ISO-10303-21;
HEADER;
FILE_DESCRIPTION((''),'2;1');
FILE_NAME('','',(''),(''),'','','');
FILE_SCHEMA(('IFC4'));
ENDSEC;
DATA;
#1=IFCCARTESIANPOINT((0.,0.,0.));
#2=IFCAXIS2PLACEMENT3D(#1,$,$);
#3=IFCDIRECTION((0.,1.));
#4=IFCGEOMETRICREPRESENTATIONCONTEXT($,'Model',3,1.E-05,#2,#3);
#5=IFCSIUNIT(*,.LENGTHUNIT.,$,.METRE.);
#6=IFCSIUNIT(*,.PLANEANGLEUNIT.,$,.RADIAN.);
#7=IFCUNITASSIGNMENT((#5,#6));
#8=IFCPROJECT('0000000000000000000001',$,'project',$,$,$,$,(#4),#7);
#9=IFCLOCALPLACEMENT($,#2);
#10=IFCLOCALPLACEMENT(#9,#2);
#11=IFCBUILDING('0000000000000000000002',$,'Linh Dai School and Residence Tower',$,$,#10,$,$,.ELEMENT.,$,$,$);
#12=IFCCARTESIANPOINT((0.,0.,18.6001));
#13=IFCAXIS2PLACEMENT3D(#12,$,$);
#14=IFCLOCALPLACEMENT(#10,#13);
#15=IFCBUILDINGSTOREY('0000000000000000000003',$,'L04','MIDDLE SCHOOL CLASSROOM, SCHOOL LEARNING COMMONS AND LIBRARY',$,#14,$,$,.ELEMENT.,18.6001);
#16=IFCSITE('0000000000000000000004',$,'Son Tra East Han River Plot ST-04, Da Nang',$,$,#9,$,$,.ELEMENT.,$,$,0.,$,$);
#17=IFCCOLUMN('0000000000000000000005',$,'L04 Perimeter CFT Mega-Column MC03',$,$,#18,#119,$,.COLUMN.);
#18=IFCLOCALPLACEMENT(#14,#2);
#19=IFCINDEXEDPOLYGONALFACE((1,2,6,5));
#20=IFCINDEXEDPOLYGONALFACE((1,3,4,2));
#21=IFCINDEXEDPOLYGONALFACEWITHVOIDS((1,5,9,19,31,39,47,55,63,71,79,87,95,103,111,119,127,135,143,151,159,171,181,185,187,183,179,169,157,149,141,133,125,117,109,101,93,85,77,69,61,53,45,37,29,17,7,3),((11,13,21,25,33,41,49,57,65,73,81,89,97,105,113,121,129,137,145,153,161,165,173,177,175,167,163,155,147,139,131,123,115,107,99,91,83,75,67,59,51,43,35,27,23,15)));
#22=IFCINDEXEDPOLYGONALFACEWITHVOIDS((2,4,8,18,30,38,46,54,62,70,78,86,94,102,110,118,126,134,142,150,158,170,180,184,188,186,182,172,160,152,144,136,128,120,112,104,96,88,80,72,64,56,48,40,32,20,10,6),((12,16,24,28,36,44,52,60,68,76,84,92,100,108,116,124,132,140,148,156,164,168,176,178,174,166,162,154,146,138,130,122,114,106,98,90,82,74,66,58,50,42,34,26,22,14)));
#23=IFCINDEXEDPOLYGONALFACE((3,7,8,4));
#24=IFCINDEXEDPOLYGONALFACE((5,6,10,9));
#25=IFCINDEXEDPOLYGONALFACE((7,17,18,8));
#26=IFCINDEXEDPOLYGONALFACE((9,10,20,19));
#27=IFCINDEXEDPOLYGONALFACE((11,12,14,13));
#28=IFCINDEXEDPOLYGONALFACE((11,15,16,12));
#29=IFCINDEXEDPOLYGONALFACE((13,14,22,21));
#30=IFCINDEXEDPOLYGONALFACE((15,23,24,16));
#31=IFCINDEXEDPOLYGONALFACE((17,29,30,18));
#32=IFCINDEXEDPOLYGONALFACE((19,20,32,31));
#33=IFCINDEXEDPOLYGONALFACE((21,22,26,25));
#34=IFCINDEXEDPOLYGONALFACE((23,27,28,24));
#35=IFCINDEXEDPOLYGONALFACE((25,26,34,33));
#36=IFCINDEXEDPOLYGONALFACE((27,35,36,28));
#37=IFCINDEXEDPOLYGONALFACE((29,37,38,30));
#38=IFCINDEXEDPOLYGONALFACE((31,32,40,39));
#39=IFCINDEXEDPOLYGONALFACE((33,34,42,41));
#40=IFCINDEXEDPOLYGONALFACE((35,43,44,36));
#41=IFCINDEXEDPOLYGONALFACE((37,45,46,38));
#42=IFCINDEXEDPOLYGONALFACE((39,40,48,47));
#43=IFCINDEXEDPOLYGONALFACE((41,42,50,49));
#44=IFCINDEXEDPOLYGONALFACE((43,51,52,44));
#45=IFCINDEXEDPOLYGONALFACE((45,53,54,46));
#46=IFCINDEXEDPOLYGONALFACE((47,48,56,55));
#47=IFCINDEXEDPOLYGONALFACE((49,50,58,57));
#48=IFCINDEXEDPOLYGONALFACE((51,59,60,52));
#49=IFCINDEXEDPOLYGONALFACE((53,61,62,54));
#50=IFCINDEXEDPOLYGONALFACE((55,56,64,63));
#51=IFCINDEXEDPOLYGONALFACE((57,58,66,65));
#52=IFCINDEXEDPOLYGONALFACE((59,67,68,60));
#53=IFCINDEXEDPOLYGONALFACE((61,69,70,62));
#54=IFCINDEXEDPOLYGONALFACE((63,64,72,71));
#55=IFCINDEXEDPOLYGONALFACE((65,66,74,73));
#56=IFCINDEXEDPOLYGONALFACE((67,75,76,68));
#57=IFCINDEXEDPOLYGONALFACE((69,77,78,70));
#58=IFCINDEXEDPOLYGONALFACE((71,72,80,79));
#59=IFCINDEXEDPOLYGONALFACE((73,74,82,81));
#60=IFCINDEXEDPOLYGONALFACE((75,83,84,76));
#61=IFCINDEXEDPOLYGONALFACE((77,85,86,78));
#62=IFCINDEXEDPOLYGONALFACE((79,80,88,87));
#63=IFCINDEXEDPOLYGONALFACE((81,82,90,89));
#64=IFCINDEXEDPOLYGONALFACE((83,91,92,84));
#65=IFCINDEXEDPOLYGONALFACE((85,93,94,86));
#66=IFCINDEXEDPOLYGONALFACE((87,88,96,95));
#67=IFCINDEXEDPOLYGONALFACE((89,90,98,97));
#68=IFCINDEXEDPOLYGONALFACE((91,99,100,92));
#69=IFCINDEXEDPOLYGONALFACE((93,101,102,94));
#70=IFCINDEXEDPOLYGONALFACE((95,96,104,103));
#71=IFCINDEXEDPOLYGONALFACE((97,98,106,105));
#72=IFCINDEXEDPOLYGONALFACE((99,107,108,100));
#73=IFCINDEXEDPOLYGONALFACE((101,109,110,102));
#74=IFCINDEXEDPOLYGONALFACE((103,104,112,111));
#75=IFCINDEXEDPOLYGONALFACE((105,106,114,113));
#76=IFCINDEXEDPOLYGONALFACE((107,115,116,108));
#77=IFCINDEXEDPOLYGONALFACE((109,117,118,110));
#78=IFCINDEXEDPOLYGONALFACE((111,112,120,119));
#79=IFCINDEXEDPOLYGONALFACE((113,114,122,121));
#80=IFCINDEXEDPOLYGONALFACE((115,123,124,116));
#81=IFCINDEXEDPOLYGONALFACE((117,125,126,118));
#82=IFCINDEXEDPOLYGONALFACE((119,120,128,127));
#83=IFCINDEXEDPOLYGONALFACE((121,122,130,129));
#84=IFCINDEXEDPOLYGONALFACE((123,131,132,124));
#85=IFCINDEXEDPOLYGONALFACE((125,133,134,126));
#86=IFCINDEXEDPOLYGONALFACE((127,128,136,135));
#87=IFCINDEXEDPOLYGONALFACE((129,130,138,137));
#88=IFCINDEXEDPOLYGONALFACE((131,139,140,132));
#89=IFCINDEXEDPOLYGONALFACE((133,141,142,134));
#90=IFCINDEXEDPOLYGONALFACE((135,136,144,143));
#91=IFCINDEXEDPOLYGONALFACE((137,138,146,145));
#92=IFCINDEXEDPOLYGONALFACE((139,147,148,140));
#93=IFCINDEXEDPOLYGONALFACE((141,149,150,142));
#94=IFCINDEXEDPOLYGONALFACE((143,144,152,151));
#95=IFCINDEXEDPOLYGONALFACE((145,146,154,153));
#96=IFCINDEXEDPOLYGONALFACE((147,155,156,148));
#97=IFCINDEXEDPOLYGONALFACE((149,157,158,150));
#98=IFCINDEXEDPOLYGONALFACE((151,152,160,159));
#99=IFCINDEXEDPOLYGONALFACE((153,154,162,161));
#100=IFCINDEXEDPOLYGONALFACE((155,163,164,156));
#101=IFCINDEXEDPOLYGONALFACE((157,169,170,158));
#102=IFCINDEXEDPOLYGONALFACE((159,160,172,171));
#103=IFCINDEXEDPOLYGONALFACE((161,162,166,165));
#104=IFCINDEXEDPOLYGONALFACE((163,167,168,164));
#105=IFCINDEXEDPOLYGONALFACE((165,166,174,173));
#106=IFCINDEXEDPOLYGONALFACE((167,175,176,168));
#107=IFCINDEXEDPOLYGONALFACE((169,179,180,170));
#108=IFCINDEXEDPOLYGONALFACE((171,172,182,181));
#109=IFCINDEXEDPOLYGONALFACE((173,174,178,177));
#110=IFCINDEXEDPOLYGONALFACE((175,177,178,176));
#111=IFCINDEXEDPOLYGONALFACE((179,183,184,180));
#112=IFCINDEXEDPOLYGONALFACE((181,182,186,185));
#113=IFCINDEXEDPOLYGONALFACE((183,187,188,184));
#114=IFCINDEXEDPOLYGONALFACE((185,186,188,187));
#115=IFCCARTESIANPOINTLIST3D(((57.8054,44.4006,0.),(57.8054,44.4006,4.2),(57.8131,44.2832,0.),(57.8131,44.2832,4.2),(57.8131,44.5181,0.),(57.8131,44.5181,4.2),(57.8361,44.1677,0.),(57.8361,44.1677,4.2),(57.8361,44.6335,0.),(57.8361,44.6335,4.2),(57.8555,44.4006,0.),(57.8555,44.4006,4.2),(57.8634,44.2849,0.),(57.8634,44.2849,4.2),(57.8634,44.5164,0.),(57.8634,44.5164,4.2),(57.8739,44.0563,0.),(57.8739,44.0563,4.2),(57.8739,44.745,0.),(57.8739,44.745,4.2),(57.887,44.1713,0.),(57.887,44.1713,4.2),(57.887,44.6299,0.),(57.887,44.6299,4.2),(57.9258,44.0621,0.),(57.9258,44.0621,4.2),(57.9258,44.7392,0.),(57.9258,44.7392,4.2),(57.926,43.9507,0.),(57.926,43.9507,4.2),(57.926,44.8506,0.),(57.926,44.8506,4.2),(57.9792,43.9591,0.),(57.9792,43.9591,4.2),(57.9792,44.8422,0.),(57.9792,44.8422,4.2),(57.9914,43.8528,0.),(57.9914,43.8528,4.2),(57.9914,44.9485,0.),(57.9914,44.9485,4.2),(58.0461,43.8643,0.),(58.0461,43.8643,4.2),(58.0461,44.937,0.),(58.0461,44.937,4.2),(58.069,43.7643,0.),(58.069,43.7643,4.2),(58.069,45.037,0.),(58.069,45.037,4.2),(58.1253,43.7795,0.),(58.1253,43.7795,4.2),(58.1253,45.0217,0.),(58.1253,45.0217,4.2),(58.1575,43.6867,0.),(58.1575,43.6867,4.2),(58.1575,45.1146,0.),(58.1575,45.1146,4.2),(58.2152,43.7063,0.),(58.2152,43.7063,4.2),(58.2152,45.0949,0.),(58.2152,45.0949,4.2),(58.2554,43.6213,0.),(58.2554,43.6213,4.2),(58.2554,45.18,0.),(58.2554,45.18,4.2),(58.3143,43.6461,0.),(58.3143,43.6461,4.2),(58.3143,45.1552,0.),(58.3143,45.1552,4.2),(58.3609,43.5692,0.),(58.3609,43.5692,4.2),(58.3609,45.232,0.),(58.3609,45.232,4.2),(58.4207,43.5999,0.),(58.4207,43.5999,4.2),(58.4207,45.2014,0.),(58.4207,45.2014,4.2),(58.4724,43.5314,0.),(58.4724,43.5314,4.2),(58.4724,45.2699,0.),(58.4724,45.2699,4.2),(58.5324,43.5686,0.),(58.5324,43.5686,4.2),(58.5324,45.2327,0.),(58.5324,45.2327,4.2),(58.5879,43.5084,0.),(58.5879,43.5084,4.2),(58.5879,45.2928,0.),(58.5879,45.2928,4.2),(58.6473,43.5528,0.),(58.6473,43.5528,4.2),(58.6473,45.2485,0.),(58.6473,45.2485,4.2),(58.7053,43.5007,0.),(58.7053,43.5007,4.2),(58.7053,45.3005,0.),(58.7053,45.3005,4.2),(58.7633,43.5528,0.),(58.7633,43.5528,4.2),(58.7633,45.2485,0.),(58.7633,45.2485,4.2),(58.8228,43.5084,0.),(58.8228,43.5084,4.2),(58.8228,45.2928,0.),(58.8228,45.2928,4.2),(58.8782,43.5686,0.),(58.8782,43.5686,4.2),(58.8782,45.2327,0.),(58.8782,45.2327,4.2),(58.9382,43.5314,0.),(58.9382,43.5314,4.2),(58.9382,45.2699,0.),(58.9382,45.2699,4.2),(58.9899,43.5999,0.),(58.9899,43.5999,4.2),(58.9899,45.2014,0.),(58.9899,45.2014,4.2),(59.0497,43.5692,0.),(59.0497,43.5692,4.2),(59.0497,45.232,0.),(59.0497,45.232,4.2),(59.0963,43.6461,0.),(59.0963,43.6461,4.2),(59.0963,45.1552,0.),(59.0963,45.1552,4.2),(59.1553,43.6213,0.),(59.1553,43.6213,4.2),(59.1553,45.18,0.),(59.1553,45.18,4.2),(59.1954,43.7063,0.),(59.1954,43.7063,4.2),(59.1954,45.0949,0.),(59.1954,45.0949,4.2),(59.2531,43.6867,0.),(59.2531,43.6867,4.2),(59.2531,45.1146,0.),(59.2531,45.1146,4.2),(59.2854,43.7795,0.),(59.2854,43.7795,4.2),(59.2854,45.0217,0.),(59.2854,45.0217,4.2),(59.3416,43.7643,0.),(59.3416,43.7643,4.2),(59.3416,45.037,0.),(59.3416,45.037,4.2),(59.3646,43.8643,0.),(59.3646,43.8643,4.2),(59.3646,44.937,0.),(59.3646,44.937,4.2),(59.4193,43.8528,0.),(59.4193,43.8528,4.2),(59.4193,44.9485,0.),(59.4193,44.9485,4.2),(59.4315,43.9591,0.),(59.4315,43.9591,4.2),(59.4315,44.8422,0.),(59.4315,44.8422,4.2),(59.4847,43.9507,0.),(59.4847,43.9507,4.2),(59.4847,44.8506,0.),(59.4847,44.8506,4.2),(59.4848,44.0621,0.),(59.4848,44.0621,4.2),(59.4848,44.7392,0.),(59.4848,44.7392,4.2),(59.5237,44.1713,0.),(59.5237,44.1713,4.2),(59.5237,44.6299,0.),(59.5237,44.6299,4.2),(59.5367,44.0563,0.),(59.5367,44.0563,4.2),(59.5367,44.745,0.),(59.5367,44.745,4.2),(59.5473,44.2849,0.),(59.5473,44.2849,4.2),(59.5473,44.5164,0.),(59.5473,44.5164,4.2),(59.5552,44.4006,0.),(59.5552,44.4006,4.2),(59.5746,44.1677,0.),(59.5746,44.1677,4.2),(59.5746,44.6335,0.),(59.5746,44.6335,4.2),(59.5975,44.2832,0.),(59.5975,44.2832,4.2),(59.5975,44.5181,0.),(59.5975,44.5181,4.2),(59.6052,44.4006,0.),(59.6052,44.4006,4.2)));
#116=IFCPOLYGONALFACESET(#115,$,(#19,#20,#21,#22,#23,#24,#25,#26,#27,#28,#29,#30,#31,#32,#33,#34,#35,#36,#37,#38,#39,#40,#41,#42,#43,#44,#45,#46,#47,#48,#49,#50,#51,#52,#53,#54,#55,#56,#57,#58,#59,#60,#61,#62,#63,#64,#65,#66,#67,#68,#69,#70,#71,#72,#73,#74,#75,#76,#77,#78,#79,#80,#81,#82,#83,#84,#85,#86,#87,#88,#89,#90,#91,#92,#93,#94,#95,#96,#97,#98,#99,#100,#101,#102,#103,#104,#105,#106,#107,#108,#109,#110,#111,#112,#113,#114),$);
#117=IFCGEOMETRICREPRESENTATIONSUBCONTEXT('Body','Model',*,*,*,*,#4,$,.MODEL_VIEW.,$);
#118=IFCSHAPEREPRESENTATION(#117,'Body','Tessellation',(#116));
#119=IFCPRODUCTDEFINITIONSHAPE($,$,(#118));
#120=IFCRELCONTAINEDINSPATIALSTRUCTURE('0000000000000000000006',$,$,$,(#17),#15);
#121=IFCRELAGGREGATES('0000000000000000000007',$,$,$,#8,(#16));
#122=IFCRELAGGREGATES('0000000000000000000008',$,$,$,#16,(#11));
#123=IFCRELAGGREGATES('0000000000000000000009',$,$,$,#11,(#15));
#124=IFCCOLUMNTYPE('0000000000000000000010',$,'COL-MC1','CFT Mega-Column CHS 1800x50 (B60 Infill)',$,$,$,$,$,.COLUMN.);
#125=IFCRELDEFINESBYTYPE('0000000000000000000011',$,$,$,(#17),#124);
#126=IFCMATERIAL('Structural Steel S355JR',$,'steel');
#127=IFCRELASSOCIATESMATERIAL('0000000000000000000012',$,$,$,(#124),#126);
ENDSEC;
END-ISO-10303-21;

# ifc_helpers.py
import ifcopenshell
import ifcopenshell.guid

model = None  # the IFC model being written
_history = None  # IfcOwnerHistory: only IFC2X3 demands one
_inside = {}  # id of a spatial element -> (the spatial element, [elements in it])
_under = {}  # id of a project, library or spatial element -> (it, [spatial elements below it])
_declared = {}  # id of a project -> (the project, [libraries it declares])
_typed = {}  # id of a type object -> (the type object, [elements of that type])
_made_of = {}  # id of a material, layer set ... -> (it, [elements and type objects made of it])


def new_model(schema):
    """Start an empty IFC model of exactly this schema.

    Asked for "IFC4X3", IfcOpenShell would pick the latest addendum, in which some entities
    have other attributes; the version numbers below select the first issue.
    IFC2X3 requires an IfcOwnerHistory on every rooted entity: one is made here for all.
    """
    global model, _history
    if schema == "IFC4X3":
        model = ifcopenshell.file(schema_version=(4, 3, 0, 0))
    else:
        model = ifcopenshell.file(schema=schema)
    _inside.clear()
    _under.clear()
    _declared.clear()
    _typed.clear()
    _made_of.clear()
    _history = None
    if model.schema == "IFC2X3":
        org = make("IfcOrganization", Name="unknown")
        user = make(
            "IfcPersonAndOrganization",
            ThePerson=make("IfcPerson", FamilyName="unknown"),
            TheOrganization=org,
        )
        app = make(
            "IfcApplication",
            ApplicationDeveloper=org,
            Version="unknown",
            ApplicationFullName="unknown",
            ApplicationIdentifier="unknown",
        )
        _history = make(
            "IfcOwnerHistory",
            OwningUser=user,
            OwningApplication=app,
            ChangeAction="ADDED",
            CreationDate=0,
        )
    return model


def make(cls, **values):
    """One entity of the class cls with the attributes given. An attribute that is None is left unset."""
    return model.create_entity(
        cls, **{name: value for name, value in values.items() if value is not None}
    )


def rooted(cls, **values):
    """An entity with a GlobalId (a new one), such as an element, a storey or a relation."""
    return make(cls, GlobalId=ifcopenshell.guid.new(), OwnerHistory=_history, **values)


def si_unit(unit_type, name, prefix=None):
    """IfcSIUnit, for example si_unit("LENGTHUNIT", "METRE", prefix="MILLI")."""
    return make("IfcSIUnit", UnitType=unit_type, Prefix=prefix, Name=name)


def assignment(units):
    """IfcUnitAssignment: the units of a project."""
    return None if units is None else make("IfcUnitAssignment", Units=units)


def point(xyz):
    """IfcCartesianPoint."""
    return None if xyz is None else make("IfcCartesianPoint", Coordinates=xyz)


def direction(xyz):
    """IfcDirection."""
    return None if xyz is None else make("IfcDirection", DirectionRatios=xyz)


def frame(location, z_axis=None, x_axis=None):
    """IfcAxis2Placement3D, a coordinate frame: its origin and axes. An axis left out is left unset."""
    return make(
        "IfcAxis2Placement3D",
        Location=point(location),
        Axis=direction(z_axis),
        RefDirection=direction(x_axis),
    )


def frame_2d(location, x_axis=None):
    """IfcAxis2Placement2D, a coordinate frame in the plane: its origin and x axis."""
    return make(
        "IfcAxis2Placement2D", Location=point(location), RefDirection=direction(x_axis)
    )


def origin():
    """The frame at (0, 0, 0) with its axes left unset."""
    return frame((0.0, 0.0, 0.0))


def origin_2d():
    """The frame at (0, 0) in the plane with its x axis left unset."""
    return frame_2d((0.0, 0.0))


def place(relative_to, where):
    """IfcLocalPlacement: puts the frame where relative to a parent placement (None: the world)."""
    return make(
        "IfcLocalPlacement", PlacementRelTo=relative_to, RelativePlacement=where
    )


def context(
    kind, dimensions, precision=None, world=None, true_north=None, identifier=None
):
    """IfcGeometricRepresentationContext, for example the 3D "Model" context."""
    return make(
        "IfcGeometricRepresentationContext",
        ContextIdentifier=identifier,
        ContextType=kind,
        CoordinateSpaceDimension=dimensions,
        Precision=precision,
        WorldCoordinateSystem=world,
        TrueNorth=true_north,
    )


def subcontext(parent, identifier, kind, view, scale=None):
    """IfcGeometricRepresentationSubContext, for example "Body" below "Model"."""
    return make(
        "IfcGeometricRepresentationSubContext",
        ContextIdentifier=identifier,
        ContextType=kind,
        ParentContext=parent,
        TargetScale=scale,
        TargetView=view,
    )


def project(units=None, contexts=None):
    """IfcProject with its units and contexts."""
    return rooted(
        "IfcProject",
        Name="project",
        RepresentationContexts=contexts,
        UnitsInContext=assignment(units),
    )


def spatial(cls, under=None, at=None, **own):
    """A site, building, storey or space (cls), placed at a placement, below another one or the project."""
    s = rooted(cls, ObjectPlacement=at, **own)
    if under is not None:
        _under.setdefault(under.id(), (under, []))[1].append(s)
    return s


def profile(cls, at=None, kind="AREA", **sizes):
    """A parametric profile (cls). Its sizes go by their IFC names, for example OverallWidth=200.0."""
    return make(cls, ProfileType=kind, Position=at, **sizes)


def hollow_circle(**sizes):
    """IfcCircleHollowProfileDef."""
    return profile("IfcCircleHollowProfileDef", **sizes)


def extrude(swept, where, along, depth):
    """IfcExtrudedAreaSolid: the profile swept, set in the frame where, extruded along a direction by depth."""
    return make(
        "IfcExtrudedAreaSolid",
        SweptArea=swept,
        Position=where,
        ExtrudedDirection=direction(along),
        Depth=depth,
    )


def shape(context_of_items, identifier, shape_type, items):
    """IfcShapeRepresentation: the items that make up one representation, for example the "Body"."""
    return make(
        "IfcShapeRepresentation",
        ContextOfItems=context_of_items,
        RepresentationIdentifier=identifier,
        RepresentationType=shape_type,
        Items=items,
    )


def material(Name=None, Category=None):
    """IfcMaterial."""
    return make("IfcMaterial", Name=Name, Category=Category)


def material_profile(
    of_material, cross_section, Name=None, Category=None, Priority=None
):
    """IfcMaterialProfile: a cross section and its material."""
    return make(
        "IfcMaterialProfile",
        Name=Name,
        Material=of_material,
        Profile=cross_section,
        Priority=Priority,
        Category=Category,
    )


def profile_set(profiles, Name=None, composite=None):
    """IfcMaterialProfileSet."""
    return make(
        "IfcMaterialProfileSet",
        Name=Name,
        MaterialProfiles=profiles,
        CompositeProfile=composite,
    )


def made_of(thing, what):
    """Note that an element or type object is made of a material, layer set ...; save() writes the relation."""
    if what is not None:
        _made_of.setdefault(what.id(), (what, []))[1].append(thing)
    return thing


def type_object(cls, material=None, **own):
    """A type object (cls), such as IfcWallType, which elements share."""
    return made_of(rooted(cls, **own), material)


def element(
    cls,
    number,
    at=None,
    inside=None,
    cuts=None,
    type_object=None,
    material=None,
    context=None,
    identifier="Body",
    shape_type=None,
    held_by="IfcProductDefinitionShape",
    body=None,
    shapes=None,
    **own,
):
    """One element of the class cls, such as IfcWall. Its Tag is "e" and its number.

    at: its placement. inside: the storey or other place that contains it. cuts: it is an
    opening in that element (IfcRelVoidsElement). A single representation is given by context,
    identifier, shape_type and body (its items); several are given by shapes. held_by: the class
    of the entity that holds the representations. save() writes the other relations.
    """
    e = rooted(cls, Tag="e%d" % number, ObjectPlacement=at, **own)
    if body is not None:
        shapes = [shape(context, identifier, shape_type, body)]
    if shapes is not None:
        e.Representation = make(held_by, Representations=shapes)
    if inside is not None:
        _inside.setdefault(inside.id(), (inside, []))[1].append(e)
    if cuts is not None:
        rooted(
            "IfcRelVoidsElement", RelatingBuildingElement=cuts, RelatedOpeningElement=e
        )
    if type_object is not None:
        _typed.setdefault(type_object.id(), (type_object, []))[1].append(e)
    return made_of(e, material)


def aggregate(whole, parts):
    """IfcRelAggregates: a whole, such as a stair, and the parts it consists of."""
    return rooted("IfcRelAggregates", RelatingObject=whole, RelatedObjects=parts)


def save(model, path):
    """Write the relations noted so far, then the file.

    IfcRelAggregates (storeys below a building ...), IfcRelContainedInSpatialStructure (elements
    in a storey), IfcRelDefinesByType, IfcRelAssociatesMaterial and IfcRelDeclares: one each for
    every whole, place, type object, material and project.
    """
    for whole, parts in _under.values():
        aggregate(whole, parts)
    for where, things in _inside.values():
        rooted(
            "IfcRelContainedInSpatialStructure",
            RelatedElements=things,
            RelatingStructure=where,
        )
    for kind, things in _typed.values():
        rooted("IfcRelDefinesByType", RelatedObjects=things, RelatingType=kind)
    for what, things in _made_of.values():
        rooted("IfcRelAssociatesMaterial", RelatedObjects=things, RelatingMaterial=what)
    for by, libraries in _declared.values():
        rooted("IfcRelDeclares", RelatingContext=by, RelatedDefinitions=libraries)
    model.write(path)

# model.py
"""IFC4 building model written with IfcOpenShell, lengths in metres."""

from ifc_helpers import new_model, si_unit, direction, frame, origin, origin_2d, place, context, subcontext, project, spatial, hollow_circle, extrude, material, material_profile, profile_set, type_object, element, save


model = new_model("IFC4")

# Units and contexts
model_context = context("Model", 3, precision=1e-05, world=origin(), true_north=direction((0.0, 1.0)))
body_context = subcontext(model_context, "Body", "Model", "MODEL_VIEW")
ifc_project = project(units=[si_unit("LENGTHUNIT", "METRE"), si_unit("PLANEANGLEUNIT", "RADIAN")], contexts=[model_context])

# Site, building, storey
site_placement = place(None, origin())
site = spatial("IfcSite", under=ifc_project, at=site_placement, Name="Son Tra East Han River Plot ST-04, Da Nang", CompositionType="ELEMENT", RefElevation=0.0)
building_placement = place(site_placement, origin())
building = spatial("IfcBuilding", under=site, at=building_placement, Name="Linh Dai School and Residence Tower", CompositionType="ELEMENT")
storey_placement = place(building_placement, frame((0.0, 0.0, 18.6001)))
storey = spatial("IfcBuildingStorey", under=building, at=storey_placement, Name="L04", Description="MIDDLE SCHOOL CLASSROOM, SCHOOL LEARNING COMMONS AND LIBRARY", CompositionType="ELEMENT", Elevation=18.6001)

# Column
ifc_material_1 = material(Name="Structural Steel S355JR", Category="steel")
ifc_material_profile_1 = material_profile(ifc_material_1, hollow_circle(Radius=0.8999, WallThickness=0.05, at=origin_2d()), Name="CHS 1800x50")
ifc_profile_set_1 = profile_set([ifc_material_profile_1], Name="Structural Steel S355JR")
column_type_1 = type_object("IfcColumnType", Name="COL-MC1", Description="CFT Mega-Column CHS 1800x50 (B60 Infill)", PredefinedType="COLUMN", material=ifc_profile_set_1)
for number, where, z_axis, x_axis, name in (
    (1, (58.7053, 44.4006, 0.0), (0.0, 0.0, 1.0), (1.0, 0.0, 0.0), "L04 Perimeter CFT Mega-Column MC03"),
):
    element("IfcColumn", number, at=place(storey_placement, frame(where, z_axis=z_axis, x_axis=x_axis)), inside=storey, type_object=column_type_1, Name=name, PredefinedType="COLUMN", context=body_context, shape_type="SweptSolid", body=[
        extrude(hollow_circle(Radius=0.8999, WallThickness=0.05, at=origin_2d()), origin(), (0.0, 0.0, 1.0), 4.2),
    ])

save(model, "model.ifc")
